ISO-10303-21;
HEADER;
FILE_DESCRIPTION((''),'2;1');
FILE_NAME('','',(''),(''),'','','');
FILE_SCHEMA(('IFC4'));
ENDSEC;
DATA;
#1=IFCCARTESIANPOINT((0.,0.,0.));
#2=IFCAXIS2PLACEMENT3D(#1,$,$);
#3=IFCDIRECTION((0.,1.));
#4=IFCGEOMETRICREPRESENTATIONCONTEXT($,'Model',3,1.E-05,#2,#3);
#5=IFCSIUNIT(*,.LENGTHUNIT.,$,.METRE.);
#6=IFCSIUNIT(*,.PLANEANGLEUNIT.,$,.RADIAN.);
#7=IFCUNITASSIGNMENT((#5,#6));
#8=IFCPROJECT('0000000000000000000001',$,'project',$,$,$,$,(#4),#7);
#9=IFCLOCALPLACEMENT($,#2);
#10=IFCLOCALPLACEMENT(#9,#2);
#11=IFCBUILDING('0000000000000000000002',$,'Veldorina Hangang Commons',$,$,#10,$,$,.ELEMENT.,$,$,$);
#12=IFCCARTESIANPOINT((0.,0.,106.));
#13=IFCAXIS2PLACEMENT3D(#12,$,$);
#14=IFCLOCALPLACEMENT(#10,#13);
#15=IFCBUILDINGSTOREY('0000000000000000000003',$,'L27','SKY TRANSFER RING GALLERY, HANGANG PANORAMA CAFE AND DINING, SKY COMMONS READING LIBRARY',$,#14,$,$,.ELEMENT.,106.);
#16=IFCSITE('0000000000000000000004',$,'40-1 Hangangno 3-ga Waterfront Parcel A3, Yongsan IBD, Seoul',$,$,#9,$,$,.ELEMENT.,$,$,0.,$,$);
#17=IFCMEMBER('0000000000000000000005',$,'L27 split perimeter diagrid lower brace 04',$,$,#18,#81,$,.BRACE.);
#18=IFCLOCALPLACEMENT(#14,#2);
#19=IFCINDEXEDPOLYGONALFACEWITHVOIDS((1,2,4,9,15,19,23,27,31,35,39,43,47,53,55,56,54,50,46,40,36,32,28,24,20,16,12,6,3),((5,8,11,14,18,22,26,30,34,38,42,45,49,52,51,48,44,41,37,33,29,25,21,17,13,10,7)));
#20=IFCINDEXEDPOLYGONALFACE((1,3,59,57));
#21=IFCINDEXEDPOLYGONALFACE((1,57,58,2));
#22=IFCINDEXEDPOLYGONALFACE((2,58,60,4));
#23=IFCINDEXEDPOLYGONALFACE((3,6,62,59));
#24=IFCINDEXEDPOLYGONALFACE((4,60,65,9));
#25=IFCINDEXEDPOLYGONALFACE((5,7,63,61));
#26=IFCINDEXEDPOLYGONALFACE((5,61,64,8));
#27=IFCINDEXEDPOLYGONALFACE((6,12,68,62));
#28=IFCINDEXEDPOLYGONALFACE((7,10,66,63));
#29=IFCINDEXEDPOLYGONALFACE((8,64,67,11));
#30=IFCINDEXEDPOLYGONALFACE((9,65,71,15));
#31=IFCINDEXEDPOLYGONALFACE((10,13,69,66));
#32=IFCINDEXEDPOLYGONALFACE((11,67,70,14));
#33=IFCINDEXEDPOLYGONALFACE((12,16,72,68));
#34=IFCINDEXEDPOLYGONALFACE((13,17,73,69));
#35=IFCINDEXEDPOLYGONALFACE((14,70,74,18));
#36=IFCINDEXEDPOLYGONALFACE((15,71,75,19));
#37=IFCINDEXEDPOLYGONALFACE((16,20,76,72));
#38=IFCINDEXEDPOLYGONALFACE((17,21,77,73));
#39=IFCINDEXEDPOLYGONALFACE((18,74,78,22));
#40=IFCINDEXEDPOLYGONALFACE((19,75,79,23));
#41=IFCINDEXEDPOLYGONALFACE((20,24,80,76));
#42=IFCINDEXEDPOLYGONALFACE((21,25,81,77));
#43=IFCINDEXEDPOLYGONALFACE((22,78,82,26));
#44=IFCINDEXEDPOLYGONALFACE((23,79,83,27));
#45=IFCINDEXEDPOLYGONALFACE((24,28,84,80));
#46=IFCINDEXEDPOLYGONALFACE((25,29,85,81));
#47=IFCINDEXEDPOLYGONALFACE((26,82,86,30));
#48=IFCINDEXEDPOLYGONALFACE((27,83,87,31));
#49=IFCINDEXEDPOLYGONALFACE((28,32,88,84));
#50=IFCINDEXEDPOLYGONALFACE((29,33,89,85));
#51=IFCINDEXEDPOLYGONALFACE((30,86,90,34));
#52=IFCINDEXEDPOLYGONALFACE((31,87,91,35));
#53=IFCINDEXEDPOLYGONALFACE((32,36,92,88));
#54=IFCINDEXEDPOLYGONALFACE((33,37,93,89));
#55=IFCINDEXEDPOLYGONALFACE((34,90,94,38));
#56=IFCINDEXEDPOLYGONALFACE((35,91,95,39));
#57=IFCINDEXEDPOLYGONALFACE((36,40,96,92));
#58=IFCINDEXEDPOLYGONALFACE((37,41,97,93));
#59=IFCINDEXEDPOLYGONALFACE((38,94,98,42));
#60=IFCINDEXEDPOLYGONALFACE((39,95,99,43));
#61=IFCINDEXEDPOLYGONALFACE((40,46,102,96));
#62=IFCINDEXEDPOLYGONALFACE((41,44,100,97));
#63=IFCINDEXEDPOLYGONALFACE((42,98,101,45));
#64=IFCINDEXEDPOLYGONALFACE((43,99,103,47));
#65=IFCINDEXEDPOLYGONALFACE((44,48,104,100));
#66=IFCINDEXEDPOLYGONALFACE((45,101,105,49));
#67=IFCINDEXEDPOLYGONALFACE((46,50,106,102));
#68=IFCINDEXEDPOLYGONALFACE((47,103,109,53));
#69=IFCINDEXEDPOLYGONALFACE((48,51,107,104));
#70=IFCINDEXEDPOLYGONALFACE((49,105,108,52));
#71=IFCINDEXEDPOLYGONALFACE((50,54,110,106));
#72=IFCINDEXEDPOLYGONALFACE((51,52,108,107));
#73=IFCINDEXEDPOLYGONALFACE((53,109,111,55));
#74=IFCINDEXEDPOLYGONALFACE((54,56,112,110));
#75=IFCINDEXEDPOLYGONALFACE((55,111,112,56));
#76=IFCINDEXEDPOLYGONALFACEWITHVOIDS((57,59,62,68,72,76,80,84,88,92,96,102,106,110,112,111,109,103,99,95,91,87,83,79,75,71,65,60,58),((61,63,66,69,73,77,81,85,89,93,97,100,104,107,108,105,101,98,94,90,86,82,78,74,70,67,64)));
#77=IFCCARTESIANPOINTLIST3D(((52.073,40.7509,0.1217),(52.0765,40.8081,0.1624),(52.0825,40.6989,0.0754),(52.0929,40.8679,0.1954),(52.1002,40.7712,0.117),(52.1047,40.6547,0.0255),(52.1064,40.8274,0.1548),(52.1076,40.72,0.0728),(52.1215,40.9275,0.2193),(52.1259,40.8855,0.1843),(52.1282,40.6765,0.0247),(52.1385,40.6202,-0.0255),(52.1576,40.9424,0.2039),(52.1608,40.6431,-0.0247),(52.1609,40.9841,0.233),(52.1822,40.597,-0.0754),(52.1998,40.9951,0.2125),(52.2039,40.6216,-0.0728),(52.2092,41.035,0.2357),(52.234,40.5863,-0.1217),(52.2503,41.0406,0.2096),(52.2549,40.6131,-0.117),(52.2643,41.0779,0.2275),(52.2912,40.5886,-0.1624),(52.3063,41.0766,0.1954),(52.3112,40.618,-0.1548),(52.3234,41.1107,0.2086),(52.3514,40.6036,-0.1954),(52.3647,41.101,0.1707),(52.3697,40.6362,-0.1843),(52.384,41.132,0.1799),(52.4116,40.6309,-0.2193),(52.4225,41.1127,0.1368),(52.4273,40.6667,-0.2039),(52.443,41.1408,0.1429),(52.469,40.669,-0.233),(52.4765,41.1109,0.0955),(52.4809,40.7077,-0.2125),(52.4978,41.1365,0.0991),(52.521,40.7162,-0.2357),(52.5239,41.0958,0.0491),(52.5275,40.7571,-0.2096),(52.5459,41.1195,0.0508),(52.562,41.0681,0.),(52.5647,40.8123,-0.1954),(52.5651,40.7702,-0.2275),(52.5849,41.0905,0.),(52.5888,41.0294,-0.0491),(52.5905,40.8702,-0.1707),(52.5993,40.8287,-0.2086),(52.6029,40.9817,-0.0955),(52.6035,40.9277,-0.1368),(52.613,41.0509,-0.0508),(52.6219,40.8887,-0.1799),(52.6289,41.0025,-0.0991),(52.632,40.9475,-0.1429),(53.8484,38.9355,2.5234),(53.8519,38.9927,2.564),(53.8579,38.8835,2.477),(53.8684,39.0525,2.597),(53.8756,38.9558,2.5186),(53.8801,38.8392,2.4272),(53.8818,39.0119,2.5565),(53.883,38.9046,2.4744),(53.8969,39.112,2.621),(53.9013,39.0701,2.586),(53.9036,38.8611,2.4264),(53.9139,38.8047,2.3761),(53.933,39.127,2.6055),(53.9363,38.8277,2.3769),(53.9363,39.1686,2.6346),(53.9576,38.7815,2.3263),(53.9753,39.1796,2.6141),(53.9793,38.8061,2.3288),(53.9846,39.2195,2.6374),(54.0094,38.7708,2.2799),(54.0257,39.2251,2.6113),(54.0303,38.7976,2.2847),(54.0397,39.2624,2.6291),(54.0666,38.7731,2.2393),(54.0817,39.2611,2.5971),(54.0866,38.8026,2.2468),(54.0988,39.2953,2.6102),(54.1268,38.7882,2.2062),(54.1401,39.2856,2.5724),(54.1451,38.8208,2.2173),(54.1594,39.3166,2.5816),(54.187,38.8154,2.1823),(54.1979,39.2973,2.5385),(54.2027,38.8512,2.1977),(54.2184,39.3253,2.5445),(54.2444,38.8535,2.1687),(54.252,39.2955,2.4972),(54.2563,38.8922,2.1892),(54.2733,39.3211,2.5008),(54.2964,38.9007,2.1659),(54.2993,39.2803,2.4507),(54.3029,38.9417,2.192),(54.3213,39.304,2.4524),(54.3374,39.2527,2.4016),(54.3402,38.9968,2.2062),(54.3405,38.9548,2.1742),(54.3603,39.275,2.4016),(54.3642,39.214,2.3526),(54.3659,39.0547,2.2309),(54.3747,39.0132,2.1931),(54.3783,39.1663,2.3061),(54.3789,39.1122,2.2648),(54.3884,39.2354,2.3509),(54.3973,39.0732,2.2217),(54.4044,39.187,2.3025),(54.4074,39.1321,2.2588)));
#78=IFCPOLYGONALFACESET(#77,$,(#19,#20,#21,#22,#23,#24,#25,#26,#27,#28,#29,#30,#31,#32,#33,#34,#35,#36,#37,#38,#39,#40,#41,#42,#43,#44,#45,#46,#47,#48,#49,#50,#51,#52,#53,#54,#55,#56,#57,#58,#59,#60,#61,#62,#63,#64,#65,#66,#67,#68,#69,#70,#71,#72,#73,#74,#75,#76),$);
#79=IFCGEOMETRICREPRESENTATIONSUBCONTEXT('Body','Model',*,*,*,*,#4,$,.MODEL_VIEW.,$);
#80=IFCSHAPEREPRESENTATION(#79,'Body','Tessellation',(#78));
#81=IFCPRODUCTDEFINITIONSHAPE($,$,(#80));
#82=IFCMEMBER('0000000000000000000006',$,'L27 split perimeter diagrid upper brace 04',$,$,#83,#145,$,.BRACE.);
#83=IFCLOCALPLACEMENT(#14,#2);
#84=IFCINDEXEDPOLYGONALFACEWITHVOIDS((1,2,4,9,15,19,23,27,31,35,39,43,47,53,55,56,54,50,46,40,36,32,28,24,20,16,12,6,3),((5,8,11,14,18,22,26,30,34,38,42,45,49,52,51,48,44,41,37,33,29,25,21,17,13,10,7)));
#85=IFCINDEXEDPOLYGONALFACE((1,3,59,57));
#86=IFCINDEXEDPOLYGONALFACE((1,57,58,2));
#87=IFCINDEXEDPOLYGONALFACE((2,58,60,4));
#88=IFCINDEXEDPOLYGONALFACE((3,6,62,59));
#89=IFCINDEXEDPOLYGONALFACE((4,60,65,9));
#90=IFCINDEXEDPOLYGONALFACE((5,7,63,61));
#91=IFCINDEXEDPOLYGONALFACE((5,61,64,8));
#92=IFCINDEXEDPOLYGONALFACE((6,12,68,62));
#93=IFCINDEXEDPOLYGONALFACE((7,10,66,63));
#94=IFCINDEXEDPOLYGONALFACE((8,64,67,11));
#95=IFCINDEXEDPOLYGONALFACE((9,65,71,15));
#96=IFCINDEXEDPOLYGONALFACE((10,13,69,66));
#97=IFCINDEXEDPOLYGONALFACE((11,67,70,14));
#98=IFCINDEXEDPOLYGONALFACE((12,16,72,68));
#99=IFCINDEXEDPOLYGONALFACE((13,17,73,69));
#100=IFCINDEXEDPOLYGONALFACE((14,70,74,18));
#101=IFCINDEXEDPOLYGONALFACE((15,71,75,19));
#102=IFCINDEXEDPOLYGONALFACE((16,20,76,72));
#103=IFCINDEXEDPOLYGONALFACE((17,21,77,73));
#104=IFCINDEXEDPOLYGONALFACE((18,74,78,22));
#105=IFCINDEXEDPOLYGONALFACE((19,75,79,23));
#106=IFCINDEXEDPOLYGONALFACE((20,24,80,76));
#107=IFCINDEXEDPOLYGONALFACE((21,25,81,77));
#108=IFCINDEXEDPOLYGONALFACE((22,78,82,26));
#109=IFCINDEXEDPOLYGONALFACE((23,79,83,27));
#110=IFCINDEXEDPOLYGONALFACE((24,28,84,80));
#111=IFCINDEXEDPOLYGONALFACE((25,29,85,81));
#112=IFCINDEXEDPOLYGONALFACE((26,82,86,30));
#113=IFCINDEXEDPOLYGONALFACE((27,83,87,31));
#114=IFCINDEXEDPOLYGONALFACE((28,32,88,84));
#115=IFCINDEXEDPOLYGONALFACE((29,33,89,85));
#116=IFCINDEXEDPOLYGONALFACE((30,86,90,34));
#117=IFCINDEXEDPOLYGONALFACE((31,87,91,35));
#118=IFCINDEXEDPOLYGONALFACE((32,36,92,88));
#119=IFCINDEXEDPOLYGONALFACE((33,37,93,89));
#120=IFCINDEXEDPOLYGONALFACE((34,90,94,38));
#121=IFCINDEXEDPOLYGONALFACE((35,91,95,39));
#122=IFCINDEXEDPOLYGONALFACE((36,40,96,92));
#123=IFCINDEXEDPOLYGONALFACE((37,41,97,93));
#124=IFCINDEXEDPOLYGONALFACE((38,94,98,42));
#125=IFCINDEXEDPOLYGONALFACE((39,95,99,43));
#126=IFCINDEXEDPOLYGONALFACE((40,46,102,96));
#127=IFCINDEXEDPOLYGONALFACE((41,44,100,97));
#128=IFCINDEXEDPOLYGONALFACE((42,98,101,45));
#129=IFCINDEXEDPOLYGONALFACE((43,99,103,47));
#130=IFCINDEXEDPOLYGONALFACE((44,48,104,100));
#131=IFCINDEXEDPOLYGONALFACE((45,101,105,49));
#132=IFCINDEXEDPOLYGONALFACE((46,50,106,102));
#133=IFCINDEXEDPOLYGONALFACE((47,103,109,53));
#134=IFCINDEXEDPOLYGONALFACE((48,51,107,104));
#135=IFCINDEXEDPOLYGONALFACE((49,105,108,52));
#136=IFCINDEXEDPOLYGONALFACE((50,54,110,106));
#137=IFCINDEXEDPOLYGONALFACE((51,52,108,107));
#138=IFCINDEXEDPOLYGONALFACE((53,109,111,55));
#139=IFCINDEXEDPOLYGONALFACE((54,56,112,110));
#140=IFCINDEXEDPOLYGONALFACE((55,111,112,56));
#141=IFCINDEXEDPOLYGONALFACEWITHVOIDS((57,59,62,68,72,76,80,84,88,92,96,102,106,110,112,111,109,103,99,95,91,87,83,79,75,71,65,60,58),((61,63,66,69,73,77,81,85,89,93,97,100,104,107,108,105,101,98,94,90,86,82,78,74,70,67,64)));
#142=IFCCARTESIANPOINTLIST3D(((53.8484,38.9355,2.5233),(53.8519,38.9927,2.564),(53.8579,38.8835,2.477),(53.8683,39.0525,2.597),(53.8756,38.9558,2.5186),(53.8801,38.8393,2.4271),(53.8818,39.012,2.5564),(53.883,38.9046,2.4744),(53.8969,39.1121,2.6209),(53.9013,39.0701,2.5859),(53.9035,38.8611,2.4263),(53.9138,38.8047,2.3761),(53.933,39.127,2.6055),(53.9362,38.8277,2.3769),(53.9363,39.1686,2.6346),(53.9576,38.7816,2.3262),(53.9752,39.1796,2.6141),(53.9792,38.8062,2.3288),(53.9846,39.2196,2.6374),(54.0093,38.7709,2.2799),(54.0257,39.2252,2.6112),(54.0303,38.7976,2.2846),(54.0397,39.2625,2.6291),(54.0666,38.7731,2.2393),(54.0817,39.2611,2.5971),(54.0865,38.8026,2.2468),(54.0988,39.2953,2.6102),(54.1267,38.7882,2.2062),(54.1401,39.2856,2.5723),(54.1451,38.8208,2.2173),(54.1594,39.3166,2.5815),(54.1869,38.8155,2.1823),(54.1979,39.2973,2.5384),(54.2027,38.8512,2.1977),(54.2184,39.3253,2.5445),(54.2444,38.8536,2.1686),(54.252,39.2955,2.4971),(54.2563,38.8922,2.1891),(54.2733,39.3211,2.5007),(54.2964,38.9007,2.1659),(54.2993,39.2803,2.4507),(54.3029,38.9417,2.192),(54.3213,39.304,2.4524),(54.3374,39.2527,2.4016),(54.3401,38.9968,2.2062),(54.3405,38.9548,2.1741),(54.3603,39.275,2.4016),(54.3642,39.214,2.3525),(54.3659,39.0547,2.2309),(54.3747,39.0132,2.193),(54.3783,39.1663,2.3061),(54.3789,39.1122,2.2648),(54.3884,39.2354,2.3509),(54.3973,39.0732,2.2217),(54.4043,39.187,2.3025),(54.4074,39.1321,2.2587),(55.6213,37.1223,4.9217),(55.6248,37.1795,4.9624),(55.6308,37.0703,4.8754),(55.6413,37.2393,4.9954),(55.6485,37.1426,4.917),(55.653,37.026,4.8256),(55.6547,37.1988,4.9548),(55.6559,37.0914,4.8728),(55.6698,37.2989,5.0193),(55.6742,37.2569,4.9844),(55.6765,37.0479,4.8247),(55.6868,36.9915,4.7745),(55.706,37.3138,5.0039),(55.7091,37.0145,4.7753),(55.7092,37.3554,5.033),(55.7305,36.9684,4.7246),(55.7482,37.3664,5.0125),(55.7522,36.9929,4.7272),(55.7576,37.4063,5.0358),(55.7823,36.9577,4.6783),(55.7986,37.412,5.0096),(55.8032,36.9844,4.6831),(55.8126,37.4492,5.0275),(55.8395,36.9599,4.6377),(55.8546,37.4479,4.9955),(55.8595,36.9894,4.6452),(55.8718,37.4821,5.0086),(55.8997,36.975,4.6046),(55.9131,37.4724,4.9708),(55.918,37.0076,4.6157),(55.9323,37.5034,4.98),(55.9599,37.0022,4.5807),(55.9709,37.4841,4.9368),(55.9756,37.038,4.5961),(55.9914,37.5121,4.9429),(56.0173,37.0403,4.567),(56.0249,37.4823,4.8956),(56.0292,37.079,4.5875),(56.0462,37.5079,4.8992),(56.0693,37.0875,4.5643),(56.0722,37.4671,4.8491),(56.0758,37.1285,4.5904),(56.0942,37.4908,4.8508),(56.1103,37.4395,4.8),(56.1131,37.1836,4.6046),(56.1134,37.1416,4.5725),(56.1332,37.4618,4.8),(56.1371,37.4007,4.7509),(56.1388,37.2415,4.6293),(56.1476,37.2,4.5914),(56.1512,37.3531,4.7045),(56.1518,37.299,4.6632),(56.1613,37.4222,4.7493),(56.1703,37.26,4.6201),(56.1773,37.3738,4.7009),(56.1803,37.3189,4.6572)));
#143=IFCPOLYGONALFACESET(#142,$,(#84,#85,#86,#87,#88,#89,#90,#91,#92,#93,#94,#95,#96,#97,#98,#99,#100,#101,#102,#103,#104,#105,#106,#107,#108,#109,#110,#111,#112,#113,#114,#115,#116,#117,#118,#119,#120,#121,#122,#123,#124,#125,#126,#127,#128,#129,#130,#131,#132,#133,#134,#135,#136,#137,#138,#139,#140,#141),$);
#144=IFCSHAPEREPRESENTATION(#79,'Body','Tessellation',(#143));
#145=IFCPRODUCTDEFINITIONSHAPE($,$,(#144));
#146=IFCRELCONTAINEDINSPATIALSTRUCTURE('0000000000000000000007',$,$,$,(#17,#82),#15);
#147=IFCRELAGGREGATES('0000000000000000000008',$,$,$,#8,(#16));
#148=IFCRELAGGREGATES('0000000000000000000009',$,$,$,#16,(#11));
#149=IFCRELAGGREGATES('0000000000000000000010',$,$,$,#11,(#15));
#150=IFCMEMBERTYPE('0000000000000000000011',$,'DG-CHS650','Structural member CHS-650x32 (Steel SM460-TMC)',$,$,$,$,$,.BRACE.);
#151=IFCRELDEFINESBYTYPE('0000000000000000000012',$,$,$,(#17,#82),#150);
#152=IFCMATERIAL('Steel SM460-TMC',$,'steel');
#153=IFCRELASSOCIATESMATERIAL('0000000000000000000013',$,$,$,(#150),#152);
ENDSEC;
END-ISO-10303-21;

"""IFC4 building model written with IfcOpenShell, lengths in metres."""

from ifc_helpers import new_model, si_unit, direction, frame, origin, origin_2d, place, context, subcontext, project, spatial, hollow_circle, extrude, material, material_profile, profile_set, type_object, element, save


model = new_model("IFC4")

# Units and contexts
model_context = context("Model", 3, precision=1e-05, world=origin(), true_north=direction((0.0, 1.0)))
body_context = subcontext(model_context, "Body", "Model", "MODEL_VIEW")
ifc_project = project(units=[si_unit("LENGTHUNIT", "METRE"), si_unit("PLANEANGLEUNIT", "RADIAN")], contexts=[model_context])

# Site, building, storey
site_placement = place(None, origin())
site = spatial("IfcSite", under=ifc_project, at=site_placement, Name="40-1 Hangangno 3-ga Waterfront Parcel A3, Yongsan IBD, Seoul", CompositionType="ELEMENT", RefElevation=0.0)
building_placement = place(site_placement, origin())
building = spatial("IfcBuilding", under=site, at=building_placement, Name="Veldorina Hangang Commons", CompositionType="ELEMENT")
storey_placement = place(building_placement, frame((0.0, 0.0, 106.0)))
storey = spatial("IfcBuildingStorey", under=building, at=storey_placement, Name="L27", Description="SKY TRANSFER RING GALLERY, HANGANG PANORAMA CAFE AND DINING, SKY COMMONS READING LIBRARY", CompositionType="ELEMENT", Elevation=106.0)

# Members
ifc_material_1 = material(Name="Steel SM460-TMC", Category="steel")
ifc_material_profile_1 = material_profile(ifc_material_1, hollow_circle(Radius=0.325, WallThickness=0.032, at=origin_2d()), Name="CHS-650x32")
ifc_profile_set_1 = profile_set([ifc_material_profile_1], Name="Steel SM460-TMC")
member_type_1 = type_object("IfcMemberType", Name="DG-CHS650", Description="Structural member CHS-650x32 (Steel SM460-TMC)", PredefinedType="BRACE", material=ifc_profile_set_1)
member_1_placement = place(storey_placement, frame((52.3525, 40.8633, 0.0), z_axis=(0.50797, -0.519425, 0.687142), x_axis=(0.714947, 0.699179, 0.0)))
element("IfcMember", 1, at=member_1_placement, inside=storey, type_object=member_type_1, Name="L27 split perimeter diagrid lower brace 04", PredefinedType="BRACE", context=body_context, shape_type="SweptSolid", body=[
    extrude(hollow_circle(Radius=0.325, WallThickness=0.032, at=origin_2d()), origin(), (0.0, 0.0, 1.0), 3.4951),
])
member_2_placement = place(storey_placement, frame((54.1279, 39.0479, 2.4016), z_axis=(0.507934, -0.519475, 0.687131), x_axis=(0.715005, 0.69912, 0.0)))
element("IfcMember", 2, at=member_2_placement, inside=storey, type_object=member_type_1, Name="L27 split perimeter diagrid upper brace 04", PredefinedType="BRACE", context=body_context, shape_type="SweptSolid", body=[
    extrude(hollow_circle(Radius=0.325, WallThickness=0.032, at=origin_2d()), origin(), (0.0, 0.0, 1.0), 3.4905),
])

save(model, "model.ifc")
